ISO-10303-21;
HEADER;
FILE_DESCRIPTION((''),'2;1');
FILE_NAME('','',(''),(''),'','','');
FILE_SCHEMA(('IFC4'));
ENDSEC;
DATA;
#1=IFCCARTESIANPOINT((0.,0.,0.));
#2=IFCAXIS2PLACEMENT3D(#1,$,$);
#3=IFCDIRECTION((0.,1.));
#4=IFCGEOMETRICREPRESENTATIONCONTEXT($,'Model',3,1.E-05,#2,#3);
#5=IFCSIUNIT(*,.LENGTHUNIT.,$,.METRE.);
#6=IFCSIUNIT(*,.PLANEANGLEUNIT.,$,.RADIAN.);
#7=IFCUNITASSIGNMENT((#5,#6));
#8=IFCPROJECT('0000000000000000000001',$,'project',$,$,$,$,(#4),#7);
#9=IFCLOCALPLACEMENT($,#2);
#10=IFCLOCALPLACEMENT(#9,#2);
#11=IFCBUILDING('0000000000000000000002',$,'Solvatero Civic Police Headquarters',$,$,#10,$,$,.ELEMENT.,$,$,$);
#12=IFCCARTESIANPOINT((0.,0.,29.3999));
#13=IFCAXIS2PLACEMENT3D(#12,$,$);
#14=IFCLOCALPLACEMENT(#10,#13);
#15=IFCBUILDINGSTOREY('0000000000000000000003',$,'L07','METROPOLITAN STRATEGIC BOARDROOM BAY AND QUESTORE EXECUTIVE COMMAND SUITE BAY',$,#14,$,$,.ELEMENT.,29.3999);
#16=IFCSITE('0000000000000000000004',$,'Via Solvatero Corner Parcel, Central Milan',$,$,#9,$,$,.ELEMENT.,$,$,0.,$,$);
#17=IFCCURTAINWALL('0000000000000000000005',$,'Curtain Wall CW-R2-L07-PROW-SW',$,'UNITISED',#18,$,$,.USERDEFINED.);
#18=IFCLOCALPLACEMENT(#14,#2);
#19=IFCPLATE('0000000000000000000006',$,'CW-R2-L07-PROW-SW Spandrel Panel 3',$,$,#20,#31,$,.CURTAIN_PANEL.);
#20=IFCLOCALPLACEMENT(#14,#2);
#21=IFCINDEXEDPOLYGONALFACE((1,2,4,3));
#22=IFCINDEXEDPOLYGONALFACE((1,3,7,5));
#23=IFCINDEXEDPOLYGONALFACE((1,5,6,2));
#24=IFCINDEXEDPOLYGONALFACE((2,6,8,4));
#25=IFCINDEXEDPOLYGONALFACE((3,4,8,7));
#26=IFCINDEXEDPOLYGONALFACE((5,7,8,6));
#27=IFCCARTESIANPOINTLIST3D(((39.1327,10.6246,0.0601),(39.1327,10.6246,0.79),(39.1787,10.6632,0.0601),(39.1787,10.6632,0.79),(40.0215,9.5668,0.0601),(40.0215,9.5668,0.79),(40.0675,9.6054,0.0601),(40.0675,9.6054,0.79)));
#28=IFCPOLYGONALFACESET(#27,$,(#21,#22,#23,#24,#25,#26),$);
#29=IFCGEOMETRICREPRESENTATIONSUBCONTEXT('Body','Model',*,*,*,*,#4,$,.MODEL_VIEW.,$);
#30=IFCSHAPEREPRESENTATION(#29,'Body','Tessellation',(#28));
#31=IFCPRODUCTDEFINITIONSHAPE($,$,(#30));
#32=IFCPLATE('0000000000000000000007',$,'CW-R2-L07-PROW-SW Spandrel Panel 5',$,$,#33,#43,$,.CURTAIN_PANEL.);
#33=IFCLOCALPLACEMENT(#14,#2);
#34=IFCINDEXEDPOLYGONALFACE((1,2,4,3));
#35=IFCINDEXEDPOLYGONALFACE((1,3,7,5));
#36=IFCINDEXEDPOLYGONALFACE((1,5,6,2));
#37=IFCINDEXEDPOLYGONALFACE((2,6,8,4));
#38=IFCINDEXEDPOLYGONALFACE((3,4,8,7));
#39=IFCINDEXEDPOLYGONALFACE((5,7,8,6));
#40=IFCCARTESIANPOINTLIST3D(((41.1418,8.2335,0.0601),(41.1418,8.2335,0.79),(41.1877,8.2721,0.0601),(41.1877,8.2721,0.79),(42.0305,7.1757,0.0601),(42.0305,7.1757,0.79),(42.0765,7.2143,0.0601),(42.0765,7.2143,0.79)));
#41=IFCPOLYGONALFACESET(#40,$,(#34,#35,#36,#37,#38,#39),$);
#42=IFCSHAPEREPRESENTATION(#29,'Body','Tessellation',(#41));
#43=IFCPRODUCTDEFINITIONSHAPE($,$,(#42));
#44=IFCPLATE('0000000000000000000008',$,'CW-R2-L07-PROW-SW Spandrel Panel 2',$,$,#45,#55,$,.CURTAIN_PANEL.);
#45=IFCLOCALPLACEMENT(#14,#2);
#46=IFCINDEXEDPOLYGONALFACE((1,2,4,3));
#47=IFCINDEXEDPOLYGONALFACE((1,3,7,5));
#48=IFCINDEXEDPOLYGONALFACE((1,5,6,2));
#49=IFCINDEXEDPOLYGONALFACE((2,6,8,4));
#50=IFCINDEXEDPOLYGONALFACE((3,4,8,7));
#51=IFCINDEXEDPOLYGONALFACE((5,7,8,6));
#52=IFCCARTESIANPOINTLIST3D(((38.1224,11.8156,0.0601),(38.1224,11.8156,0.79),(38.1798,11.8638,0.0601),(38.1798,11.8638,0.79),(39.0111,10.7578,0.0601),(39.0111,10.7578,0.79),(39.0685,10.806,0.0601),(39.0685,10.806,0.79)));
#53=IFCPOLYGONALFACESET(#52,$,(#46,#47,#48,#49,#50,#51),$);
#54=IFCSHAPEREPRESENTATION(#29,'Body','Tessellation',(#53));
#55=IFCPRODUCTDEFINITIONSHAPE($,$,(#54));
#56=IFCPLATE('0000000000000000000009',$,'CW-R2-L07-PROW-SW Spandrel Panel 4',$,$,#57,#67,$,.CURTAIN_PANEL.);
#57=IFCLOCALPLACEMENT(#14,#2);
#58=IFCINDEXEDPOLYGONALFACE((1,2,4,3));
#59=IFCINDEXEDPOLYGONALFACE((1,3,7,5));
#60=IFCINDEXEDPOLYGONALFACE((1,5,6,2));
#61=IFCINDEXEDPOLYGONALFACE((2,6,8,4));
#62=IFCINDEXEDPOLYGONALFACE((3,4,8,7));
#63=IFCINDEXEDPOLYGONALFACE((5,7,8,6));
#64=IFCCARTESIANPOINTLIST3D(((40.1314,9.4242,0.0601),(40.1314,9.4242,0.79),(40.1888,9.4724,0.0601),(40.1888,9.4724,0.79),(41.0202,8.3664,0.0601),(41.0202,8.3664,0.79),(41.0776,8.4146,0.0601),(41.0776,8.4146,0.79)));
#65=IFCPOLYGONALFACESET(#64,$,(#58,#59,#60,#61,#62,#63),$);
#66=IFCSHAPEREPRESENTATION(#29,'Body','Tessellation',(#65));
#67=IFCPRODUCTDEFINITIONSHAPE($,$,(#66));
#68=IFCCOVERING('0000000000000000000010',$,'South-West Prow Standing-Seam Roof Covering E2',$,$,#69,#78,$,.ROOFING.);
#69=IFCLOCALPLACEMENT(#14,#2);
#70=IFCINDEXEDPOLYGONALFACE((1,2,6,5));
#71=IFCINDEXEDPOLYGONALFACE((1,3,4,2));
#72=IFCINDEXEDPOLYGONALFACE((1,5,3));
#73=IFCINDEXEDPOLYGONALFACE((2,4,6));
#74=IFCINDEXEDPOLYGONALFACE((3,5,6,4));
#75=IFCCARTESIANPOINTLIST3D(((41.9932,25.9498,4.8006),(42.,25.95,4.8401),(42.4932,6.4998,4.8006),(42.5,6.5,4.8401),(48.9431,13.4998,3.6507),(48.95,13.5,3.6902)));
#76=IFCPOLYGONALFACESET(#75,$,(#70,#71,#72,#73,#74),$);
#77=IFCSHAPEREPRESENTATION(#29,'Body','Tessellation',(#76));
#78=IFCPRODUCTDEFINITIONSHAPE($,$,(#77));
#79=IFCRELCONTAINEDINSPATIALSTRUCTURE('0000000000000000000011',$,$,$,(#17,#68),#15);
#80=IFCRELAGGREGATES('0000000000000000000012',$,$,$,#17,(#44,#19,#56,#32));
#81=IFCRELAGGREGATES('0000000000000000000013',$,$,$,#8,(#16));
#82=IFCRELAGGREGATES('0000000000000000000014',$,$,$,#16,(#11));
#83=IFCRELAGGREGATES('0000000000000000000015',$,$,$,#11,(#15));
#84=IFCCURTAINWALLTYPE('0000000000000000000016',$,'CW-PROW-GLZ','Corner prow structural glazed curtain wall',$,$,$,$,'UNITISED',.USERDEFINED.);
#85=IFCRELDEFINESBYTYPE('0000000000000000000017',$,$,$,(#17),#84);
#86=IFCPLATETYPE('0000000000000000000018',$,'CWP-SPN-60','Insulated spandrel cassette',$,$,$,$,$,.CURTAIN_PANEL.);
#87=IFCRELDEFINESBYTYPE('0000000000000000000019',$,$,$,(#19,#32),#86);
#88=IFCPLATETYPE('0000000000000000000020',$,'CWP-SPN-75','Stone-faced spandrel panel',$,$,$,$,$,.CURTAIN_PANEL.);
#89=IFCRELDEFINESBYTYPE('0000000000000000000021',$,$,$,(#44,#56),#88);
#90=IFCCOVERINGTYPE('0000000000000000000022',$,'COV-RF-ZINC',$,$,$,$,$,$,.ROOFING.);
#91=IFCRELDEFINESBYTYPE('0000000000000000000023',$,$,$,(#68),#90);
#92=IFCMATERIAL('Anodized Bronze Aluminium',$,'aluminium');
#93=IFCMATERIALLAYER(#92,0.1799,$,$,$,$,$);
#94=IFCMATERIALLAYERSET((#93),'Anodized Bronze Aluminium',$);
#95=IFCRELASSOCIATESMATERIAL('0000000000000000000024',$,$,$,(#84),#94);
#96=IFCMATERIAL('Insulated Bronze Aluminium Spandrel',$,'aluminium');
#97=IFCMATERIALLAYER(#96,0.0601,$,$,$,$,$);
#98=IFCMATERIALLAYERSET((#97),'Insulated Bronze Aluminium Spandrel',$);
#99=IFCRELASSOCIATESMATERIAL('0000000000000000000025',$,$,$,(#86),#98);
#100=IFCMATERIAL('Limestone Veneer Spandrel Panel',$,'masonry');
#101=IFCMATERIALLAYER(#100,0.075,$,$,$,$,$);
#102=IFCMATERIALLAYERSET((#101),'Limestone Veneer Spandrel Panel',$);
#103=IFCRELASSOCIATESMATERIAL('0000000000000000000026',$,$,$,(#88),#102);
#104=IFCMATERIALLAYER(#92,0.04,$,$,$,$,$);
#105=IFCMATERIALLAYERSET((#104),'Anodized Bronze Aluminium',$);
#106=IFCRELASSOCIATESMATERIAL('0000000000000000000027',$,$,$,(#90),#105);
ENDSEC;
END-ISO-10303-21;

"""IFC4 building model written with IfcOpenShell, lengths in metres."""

from ifc_helpers import new_model, si_unit, direction, frame, origin, origin_2d, place, context, subcontext, project, spatial, polyline, rectangle, outline, extrude, material, layer, layer_set, type_object, element, aggregate, save


model = new_model("IFC4")

# Units and contexts
model_context = context("Model", 3, precision=1e-05, world=origin(), true_north=direction((0.0, 1.0)))
body_context = subcontext(model_context, "Body", "Model", "MODEL_VIEW")
ifc_project = project(units=[si_unit("LENGTHUNIT", "METRE"), si_unit("PLANEANGLEUNIT", "RADIAN")], contexts=[model_context])

# Site, building, storey
site_placement = place(None, origin())
site = spatial("IfcSite", under=ifc_project, at=site_placement, Name="Via Solvatero Corner Parcel, Central Milan", CompositionType="ELEMENT", RefElevation=0.0)
building_placement = place(site_placement, origin())
building = spatial("IfcBuilding", under=site, at=building_placement, Name="Solvatero Civic Police Headquarters", CompositionType="ELEMENT")
storey_placement = place(building_placement, frame((0.0, 0.0, 29.3999)))
storey = spatial("IfcBuildingStorey", under=building, at=storey_placement, Name="L07", Description="METROPOLITAN STRATEGIC BOARDROOM BAY AND QUESTORE EXECUTIVE COMMAND SUITE BAY", CompositionType="ELEMENT", Elevation=29.3999)

# Curtain wall, plates
ifc_material_1 = material(Name="Anodized Bronze Aluminium", Category="aluminium")
ifc_layer_1 = layer(ifc_material_1, 0.1799)
ifc_layer_set_1 = layer_set([ifc_layer_1], Name="Anodized Bronze Aluminium")
curtain_wall_type = type_object("IfcCurtainWallType", Name="CW-PROW-GLZ", Description="Corner prow structural glazed curtain wall", ElementType="UNITISED", PredefinedType="USERDEFINED", material=ifc_layer_set_1)
curtain_wall_placement = place(storey_placement, origin())
curtain_wall = element("IfcCurtainWall", 1, at=curtain_wall_placement, inside=storey, type_object=curtain_wall_type, Name="Curtain Wall CW-R2-L07-PROW-SW", ObjectType="UNITISED", PredefinedType="USERDEFINED")
ifc_material_2 = material(Name="Insulated Bronze Aluminium Spandrel", Category="aluminium")
ifc_layer_2 = layer(ifc_material_2, 0.0601)
ifc_layer_set_2 = layer_set([ifc_layer_2], Name="Insulated Bronze Aluminium Spandrel")
plate_type_1 = type_object("IfcPlateType", Name="CWP-SPN-60", Description="Insulated spandrel cassette", PredefinedType="CURTAIN_PANEL", material=ifc_layer_set_2)
plate_1_placement = place(storey_placement, frame((39.6001, 10.115, 0.0601), z_axis=(0.0, 0.0, 1.0), x_axis=(0.643282, -0.765629, 0.0)))
plate_1 = element("IfcPlate", 2, at=plate_1_placement, type_object=plate_type_1, Name="CW-R2-L07-PROW-SW Spandrel Panel 3", PredefinedType="CURTAIN_PANEL", context=body_context, shape_type="SweptSolid", body=[
    extrude(rectangle(XDim=1.3816, YDim=0.0601, at=origin_2d()), origin(), (0.0, 0.0, 1.0), 0.73),
])
plate_2_placement = place(storey_placement, frame((41.6091, 7.7239, 0.0601), z_axis=(0.0, 0.0, 1.0), x_axis=(0.643282, -0.765629, 0.0)))
plate_2 = element("IfcPlate", 3, at=plate_2_placement, type_object=plate_type_1, Name="CW-R2-L07-PROW-SW Spandrel Panel 5", PredefinedType="CURTAIN_PANEL", context=body_context, shape_type="SweptSolid", body=[
    extrude(rectangle(XDim=1.3816, YDim=0.0601, at=origin_2d()), origin(), (0.0, 0.0, 1.0), 0.73),
])
ifc_material_3 = material(Name="Limestone Veneer Spandrel Panel", Category="masonry")
ifc_layer_3 = layer(ifc_material_3, 0.075)
ifc_layer_set_3 = layer_set([ifc_layer_3], Name="Limestone Veneer Spandrel Panel")
plate_type_2 = type_object("IfcPlateType", Name="CWP-SPN-75", Description="Stone-faced spandrel panel", PredefinedType="CURTAIN_PANEL", material=ifc_layer_set_3)
plate_3_placement = place(storey_placement, frame((38.5955, 11.3108, 0.0601), z_axis=(0.0, 0.0, 1.0), x_axis=(0.643282, -0.765629, 0.0)))
plate_3 = element("IfcPlate", 4, at=plate_3_placement, type_object=plate_type_2, Name="CW-R2-L07-PROW-SW Spandrel Panel 2", PredefinedType="CURTAIN_PANEL", context=body_context, shape_type="SweptSolid", body=[
    extrude(rectangle(XDim=1.3816, YDim=0.075, at=origin_2d()), origin(), (0.0, 0.0, 1.0), 0.73),
])
plate_4_placement = place(storey_placement, frame((40.6045, 8.9194, 0.0601), z_axis=(0.0, 0.0, 1.0), x_axis=(0.643282, -0.765629, 0.0)))
plate_4 = element("IfcPlate", 5, at=plate_4_placement, type_object=plate_type_2, Name="CW-R2-L07-PROW-SW Spandrel Panel 4", PredefinedType="CURTAIN_PANEL", context=body_context, shape_type="SweptSolid", body=[
    extrude(rectangle(XDim=1.3816, YDim=0.075, at=origin_2d()), origin(), (0.0, 0.0, 1.0), 0.73),
])
aggregate(curtain_wall, [plate_3, plate_1, plate_4, plate_2])

# Covering
ifc_layer_4 = layer(ifc_material_1, 0.04)
ifc_layer_set_4 = layer_set([ifc_layer_4], Name="Anodized Bronze Aluminium")
covering_type = type_object("IfcCoveringType", Name="COV-RF-ZINC", PredefinedType="ROOFING", material=ifc_layer_set_4)
covering_placement = place(storey_placement, frame((42.5, 6.5, 4.8401), z_axis=(0.170889, 0.004393, 0.985281), x_axis=(0.672731, 0.730101, -0.119935)))
element("IfcCovering", 6, at=covering_placement, inside=storey, type_object=covering_type, Name="South-West Prow Standing-Seam Roof Covering E2", PredefinedType="ROOFING", context=body_context, shape_type="SweptSolid", body=[
    extrude(outline(polyline([(0.0, 0.0), (9.5877, 0.0), (13.8641, 13.6506), (0.0, 0.0)])), origin(), (0.0, 0.0, -1.0), 0.04),
])

save(model, "model.ifc")
